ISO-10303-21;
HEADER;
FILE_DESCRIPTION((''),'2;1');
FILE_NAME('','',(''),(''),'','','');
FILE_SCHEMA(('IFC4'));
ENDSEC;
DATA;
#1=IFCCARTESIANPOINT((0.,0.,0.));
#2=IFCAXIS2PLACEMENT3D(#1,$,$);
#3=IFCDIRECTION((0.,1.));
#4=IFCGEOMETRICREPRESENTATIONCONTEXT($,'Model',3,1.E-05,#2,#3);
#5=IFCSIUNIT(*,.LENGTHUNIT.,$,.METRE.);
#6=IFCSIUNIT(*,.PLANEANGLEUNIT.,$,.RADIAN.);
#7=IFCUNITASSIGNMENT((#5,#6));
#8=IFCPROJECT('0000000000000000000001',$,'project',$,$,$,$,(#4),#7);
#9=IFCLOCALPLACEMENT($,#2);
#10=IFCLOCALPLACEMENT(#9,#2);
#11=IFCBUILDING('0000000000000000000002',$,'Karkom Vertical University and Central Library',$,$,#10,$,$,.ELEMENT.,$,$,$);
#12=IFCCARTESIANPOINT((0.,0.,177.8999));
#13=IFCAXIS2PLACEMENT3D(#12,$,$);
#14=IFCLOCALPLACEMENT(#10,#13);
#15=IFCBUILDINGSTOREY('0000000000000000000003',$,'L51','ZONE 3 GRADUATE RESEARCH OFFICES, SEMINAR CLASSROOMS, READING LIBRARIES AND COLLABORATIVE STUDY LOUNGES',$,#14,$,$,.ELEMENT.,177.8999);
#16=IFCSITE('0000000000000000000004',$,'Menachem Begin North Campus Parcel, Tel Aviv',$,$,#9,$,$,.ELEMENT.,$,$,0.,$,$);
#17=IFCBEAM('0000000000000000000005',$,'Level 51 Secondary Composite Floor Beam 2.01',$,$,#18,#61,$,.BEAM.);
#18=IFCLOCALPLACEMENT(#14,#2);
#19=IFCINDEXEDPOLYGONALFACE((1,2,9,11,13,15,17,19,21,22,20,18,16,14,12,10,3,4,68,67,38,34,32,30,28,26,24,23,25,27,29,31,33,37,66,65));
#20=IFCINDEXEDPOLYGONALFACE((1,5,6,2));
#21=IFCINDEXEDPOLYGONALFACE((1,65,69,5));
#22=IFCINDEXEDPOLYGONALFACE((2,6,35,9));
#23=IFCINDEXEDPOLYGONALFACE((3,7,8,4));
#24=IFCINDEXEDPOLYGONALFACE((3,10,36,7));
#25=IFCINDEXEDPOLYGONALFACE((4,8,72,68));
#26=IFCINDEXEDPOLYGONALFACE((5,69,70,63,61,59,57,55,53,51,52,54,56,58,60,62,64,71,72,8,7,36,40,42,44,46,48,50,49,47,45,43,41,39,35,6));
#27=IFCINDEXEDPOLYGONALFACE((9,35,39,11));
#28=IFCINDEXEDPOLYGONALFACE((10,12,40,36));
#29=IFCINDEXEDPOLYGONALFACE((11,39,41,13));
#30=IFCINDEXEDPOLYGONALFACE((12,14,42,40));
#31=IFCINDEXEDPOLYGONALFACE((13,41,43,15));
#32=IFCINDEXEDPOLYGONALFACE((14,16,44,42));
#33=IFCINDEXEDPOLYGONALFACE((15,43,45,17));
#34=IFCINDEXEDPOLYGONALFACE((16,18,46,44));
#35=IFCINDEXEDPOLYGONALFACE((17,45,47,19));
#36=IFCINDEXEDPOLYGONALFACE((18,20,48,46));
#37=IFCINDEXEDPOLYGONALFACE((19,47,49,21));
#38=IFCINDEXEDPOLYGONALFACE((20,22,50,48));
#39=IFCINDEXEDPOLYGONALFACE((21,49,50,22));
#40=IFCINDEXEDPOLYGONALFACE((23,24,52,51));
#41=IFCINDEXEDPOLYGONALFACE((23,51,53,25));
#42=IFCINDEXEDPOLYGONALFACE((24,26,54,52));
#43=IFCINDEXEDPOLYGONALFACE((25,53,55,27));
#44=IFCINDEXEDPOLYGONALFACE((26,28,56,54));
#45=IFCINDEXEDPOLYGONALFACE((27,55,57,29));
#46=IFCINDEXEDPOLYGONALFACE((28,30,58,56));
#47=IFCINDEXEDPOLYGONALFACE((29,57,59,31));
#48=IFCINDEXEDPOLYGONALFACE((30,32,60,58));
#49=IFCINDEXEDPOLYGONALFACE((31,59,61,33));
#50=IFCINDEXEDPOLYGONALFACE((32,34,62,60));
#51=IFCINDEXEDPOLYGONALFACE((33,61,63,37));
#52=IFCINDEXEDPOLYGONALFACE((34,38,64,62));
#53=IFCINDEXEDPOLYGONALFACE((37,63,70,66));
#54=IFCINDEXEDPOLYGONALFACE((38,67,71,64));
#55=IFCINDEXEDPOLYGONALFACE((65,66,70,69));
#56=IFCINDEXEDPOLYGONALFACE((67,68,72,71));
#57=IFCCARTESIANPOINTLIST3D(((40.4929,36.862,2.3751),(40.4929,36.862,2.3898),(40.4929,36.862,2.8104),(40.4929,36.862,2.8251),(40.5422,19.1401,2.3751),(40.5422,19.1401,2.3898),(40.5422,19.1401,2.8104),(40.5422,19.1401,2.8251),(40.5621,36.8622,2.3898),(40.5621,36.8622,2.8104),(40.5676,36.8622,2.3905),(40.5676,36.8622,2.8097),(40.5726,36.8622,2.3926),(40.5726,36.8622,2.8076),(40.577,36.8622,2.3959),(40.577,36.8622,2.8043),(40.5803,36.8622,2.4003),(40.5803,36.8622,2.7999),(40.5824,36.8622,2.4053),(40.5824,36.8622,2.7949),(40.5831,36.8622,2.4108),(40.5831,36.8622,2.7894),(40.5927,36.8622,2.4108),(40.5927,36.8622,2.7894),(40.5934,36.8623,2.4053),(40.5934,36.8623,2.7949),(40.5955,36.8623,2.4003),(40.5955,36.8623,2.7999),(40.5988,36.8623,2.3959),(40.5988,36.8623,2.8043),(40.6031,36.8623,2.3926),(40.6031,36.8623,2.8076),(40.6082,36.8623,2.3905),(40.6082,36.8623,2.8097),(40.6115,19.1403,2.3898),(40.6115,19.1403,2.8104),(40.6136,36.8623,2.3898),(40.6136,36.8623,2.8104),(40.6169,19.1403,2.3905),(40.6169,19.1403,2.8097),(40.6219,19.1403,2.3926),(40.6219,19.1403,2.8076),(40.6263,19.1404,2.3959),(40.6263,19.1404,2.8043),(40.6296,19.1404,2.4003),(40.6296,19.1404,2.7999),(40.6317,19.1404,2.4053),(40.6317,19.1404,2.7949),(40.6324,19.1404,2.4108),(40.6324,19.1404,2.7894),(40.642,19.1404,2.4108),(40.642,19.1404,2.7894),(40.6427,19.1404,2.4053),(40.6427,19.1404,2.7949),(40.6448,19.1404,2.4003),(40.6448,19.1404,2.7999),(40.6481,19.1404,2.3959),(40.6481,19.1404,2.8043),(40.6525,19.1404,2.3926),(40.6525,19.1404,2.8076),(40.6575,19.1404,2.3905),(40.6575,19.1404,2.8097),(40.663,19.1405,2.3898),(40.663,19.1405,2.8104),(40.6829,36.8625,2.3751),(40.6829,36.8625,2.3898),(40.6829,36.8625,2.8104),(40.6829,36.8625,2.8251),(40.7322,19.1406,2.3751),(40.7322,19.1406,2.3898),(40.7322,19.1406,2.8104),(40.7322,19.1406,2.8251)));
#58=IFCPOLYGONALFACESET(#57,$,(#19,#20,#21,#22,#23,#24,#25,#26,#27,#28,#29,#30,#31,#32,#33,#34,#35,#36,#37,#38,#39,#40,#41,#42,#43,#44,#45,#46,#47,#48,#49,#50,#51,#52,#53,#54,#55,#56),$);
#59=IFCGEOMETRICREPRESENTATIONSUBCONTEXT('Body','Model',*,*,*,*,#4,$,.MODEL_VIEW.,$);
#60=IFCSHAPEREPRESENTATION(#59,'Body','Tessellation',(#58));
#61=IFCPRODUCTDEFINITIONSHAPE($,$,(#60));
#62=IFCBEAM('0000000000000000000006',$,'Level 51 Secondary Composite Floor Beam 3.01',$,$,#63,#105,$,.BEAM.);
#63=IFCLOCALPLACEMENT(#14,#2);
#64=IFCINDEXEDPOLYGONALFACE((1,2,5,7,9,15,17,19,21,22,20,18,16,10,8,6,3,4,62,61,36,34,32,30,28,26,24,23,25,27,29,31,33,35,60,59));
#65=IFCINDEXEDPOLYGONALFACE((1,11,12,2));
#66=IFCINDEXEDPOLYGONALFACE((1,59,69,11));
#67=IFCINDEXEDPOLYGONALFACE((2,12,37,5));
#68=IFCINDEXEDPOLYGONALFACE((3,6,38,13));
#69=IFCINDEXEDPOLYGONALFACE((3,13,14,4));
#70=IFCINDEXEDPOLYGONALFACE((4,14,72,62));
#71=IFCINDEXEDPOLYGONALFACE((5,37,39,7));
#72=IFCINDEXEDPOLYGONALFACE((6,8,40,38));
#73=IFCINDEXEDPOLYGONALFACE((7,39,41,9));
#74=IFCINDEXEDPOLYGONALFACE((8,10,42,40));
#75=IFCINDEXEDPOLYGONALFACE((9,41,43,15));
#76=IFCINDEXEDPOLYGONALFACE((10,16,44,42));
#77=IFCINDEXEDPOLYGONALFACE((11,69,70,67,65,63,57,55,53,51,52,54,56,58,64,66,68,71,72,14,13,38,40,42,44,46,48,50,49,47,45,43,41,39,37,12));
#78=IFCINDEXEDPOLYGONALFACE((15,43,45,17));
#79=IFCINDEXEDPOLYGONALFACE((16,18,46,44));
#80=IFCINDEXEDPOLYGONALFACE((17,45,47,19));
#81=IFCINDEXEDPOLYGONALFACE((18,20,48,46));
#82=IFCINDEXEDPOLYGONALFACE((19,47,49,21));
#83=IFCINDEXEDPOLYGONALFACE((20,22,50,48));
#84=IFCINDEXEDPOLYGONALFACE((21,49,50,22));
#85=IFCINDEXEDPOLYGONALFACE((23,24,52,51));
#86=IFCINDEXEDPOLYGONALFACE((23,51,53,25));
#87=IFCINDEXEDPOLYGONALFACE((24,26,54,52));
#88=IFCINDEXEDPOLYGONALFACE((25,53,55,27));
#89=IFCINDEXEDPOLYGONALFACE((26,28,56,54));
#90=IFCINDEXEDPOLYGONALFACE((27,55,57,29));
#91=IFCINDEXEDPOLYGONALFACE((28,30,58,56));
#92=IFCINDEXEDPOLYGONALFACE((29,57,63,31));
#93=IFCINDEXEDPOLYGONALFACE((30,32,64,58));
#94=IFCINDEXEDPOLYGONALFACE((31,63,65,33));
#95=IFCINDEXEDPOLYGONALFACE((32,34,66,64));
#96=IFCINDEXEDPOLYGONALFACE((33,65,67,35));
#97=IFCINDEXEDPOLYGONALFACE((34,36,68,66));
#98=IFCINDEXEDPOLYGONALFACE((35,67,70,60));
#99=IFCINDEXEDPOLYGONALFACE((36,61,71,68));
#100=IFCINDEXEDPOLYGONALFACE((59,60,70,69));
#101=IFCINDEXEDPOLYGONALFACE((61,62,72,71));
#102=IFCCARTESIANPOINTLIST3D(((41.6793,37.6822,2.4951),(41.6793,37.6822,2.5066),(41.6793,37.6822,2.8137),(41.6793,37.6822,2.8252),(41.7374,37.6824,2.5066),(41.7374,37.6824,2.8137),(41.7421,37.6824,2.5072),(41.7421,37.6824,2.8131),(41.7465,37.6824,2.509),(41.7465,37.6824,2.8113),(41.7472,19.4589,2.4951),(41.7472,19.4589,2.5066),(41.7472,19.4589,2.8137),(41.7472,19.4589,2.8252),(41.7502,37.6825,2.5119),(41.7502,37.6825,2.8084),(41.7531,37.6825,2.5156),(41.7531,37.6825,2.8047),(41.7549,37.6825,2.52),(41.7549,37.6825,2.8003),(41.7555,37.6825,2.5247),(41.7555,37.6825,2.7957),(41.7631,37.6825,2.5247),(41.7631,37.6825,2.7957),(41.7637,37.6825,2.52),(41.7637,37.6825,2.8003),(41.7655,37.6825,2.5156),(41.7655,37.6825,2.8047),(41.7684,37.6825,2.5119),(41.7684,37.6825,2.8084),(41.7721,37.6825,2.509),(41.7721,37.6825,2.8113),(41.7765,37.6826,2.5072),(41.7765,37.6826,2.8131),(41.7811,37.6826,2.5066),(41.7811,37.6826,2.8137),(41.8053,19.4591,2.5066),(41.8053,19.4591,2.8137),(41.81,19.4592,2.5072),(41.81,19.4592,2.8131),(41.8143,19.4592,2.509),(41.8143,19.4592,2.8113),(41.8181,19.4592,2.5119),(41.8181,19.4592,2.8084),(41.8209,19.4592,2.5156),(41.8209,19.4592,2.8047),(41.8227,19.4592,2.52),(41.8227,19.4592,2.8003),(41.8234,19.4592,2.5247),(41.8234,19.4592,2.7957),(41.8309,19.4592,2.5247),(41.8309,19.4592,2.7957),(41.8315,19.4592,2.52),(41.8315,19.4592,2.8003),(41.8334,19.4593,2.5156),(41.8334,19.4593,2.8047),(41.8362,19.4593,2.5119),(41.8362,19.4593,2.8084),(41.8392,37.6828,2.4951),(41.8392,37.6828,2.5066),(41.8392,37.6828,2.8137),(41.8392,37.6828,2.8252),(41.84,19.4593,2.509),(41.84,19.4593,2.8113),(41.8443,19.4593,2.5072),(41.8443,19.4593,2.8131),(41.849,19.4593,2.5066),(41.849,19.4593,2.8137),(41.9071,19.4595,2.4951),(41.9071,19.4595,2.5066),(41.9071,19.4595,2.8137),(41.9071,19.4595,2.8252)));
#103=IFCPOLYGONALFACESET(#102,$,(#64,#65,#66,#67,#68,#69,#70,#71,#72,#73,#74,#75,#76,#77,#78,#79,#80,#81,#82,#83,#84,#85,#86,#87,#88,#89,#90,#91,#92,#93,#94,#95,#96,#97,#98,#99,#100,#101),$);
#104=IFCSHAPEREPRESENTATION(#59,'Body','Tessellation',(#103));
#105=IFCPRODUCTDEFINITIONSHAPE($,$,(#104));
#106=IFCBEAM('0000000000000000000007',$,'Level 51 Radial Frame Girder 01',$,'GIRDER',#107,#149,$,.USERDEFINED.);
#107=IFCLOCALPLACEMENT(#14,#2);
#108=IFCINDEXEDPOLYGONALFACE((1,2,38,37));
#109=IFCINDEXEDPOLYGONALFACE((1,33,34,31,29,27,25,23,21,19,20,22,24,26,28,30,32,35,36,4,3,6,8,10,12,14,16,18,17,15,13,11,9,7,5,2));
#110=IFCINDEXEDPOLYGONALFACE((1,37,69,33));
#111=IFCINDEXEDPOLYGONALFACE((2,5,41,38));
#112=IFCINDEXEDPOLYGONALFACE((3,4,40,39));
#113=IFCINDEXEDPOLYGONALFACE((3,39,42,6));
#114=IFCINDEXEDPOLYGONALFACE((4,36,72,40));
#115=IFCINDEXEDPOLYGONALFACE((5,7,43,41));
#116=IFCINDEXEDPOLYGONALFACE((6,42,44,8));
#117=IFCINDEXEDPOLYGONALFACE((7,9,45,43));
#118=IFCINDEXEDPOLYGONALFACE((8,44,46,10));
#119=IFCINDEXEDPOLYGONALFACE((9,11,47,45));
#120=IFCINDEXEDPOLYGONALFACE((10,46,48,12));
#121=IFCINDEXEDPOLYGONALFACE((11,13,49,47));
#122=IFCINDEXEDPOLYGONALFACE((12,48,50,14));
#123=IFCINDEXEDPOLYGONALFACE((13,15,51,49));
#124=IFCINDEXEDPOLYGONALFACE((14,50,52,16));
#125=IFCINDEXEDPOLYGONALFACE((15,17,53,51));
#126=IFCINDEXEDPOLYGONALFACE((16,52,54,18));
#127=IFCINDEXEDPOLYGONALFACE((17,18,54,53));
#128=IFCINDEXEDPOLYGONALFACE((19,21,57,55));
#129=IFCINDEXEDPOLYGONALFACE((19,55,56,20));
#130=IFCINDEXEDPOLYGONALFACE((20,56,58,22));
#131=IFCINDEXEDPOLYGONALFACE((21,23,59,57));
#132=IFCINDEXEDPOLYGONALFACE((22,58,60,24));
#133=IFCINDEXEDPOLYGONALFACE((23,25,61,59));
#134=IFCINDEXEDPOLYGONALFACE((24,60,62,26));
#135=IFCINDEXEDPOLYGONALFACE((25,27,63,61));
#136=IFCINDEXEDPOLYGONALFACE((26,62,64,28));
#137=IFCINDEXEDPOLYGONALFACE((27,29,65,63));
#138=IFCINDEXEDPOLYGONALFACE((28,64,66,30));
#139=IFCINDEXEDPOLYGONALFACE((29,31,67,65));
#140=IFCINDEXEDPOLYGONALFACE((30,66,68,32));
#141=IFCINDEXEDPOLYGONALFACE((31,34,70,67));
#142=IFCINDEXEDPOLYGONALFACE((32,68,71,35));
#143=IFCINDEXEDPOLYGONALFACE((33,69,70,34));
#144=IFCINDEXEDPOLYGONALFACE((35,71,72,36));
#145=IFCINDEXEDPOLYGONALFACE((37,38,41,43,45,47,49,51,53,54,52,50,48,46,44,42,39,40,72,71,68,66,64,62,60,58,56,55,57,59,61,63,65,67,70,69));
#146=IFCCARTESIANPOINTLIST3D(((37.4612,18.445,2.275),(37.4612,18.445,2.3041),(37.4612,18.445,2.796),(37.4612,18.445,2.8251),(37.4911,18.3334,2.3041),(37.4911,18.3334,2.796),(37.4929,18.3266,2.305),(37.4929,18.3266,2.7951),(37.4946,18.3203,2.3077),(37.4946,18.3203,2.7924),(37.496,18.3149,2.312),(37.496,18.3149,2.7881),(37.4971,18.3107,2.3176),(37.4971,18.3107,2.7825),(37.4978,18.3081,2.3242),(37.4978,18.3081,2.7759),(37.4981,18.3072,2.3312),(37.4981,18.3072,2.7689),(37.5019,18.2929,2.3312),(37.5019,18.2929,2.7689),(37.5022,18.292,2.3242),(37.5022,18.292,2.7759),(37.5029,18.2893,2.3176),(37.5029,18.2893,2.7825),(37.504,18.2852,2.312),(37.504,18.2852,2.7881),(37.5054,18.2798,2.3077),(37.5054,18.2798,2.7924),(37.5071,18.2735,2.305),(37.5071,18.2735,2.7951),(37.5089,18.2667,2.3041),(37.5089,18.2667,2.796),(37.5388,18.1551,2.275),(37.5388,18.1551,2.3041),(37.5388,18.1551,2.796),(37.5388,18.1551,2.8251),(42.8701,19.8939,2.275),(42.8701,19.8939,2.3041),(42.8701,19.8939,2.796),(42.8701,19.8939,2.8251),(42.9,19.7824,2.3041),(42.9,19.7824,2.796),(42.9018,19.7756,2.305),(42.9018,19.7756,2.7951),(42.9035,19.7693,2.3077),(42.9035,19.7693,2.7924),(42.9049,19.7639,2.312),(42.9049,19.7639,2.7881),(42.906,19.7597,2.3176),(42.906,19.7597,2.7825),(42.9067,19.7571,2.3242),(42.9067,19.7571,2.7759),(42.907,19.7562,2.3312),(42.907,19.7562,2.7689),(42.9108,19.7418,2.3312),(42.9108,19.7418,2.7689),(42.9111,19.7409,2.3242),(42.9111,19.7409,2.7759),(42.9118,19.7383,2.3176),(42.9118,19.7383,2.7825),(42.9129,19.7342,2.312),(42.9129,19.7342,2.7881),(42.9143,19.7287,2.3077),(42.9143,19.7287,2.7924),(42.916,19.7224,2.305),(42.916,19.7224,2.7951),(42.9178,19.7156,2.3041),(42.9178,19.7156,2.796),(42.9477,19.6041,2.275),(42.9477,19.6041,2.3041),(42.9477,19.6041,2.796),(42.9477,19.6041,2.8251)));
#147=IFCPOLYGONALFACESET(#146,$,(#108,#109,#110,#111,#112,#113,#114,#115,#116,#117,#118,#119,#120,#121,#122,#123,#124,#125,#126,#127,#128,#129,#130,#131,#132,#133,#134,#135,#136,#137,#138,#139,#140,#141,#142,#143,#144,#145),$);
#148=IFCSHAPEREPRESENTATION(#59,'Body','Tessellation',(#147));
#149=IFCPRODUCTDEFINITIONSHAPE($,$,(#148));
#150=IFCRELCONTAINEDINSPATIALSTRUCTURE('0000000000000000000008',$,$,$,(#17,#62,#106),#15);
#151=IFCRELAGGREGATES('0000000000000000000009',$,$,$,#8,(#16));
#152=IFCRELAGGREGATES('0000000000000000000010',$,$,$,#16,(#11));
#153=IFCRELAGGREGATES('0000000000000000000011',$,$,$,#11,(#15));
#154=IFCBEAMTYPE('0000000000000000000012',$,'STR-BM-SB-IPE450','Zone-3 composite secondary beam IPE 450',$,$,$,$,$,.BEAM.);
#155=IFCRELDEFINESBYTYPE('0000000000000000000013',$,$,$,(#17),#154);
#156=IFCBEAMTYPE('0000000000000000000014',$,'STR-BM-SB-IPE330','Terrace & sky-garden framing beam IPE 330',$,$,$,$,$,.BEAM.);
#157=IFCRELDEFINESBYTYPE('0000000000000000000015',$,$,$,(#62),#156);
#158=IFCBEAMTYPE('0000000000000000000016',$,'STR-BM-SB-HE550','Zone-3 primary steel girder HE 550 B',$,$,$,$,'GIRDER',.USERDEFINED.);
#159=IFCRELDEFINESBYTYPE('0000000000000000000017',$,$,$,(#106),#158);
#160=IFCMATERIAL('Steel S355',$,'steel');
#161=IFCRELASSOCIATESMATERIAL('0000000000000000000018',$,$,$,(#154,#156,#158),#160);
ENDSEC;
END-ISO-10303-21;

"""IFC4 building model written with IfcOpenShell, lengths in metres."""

from ifc_helpers import new_model, si_unit, direction, frame, origin, origin_with_axes, origin_2d, place, context, subcontext, project, spatial, i_section, extrude, source, transform, mapped, material, material_profile, profile_set, type_object, element, save


model = new_model("IFC4")

# Units and contexts
model_context = context("Model", 3, precision=1e-05, world=origin(), true_north=direction((0.0, 1.0)))
body_context = subcontext(model_context, "Body", "Model", "MODEL_VIEW")
ifc_project = project(units=[si_unit("LENGTHUNIT", "METRE"), si_unit("PLANEANGLEUNIT", "RADIAN")], contexts=[model_context])

# Site, building, storey
site_placement = place(None, origin())
site = spatial("IfcSite", under=ifc_project, at=site_placement, Name="Menachem Begin North Campus Parcel, Tel Aviv", CompositionType="ELEMENT", RefElevation=0.0)
building_placement = place(site_placement, origin())
building = spatial("IfcBuilding", under=site, at=building_placement, Name="Karkom Vertical University and Central Library", CompositionType="ELEMENT")
storey_placement = place(building_placement, frame((0.0, 0.0, 177.8999)))
storey = spatial("IfcBuildingStorey", under=building, at=storey_placement, Name="L51", Description="ZONE 3 GRADUATE RESEARCH OFFICES, SEMINAR CLASSROOMS, READING LIBRARIES AND COLLABORATIVE STUDY LOUNGES", CompositionType="ELEMENT", Elevation=177.8999)

# Beams
ifc_material_1 = material(Name="Steel S355", Category="steel")
ifc_material_profile_1 = material_profile(ifc_material_1, i_section(OverallWidth=0.1899, OverallDepth=0.45, WebThickness=0.0095, FlangeThickness=0.0146, FilletRadius=0.021, at=origin_2d()), Name="IPE 450")
ifc_profile_set_1 = profile_set([ifc_material_profile_1], Name="Steel S355")
beam_type_1 = type_object("IfcBeamType", Name="STR-BM-SB-IPE450", Description="Zone-3 composite secondary beam IPE 450", PredefinedType="BEAM", material=ifc_profile_set_1)
shared_shape_1 = source(origin_with_axes(), body_context, "Body", "SweptSolid", [
    extrude(i_section(OverallWidth=0.1899, OverallDepth=0.45, WebThickness=0.0095, FlangeThickness=0.0146, FilletRadius=0.021, at=origin_2d()), origin(), (0.0, 0.0, 1.0), 17.7219),
])
beam_1_placement = place(storey_placement, frame((40.6372, 19.1404, 2.6001), z_axis=(-0.002783, 0.999996, 0.0), x_axis=(-0.999996, -0.002783, 0.0)))
element("IfcBeam", 1, at=beam_1_placement, inside=storey, type_object=beam_type_1, Name="Level 51 Secondary Composite Floor Beam 2.01", PredefinedType="BEAM", context=body_context, shape_type="MappedRepresentation", body=[
    mapped(shared_shape_1, transform((0.0, 0.0, 0.0), scale=1.0)),
])
ifc_material_profile_2 = material_profile(ifc_material_1, i_section(OverallWidth=0.1599, OverallDepth=0.3301, WebThickness=0.0076, FlangeThickness=0.0115, FilletRadius=0.0181, at=origin_2d()), Name="IPE 330")
ifc_profile_set_2 = profile_set([ifc_material_profile_2], Name="Steel S355")
beam_type_2 = type_object("IfcBeamType", Name="STR-BM-SB-IPE330", Description="Terrace & sky-garden framing beam IPE 330", PredefinedType="BEAM", material=ifc_profile_set_2)
shared_shape_2 = source(origin_with_axes(), body_context, "Body", "SweptSolid", [
    extrude(i_section(OverallWidth=0.1599, OverallDepth=0.3301, WebThickness=0.0076, FlangeThickness=0.0115, FilletRadius=0.0181, at=origin_2d()), origin(), (0.0, 0.0, 1.0), 18.2234),
])
beam_2_placement = place(storey_placement, frame((41.8271, 19.4592, 2.6602), z_axis=(-0.003724, 0.999993, 0.0), x_axis=(-0.999993, -0.003724, 0.0)))
element("IfcBeam", 2, at=beam_2_placement, inside=storey, type_object=beam_type_2, Name="Level 51 Secondary Composite Floor Beam 3.01", PredefinedType="BEAM", context=body_context, shape_type="MappedRepresentation", body=[
    mapped(shared_shape_2, transform((0.0, 0.0, 0.0), scale=1.0)),
])
ifc_material_profile_3 = material_profile(ifc_material_1, i_section(OverallWidth=0.3, OverallDepth=0.55, WebThickness=0.0149, FlangeThickness=0.0291, FilletRadius=0.0271, at=origin_2d()), Name="HE 550 B")
ifc_profile_set_3 = profile_set([ifc_material_profile_3], Name="Steel S355")
beam_type_3 = type_object("IfcBeamType", Name="STR-BM-SB-HE550", Description="Zone-3 primary steel girder HE 550 B", ElementType="GIRDER", PredefinedType="USERDEFINED", material=ifc_profile_set_3)
shared_shape_3 = source(origin_with_axes(), body_context, "Body", "SweptSolid", [
    extrude(i_section(OverallWidth=0.3, OverallDepth=0.55, WebThickness=0.0149, FlangeThickness=0.0291, FilletRadius=0.0271, at=origin_2d()), origin(), (0.0, 0.0, 1.0), 5.5996),
])
beam_3_placement = place(storey_placement, frame((37.5, 18.3, 2.55), z_axis=(0.965941, 0.258762, 0.0), x_axis=(-0.258762, 0.965941, 0.0)))
element("IfcBeam", 3, at=beam_3_placement, inside=storey, type_object=beam_type_3, Name="Level 51 Radial Frame Girder 01", ObjectType="GIRDER", PredefinedType="USERDEFINED", context=body_context, shape_type="MappedRepresentation", body=[
    mapped(shared_shape_3, transform((0.0, 0.0, 0.0), scale=1.0)),
])

save(model, "model.ifc")
